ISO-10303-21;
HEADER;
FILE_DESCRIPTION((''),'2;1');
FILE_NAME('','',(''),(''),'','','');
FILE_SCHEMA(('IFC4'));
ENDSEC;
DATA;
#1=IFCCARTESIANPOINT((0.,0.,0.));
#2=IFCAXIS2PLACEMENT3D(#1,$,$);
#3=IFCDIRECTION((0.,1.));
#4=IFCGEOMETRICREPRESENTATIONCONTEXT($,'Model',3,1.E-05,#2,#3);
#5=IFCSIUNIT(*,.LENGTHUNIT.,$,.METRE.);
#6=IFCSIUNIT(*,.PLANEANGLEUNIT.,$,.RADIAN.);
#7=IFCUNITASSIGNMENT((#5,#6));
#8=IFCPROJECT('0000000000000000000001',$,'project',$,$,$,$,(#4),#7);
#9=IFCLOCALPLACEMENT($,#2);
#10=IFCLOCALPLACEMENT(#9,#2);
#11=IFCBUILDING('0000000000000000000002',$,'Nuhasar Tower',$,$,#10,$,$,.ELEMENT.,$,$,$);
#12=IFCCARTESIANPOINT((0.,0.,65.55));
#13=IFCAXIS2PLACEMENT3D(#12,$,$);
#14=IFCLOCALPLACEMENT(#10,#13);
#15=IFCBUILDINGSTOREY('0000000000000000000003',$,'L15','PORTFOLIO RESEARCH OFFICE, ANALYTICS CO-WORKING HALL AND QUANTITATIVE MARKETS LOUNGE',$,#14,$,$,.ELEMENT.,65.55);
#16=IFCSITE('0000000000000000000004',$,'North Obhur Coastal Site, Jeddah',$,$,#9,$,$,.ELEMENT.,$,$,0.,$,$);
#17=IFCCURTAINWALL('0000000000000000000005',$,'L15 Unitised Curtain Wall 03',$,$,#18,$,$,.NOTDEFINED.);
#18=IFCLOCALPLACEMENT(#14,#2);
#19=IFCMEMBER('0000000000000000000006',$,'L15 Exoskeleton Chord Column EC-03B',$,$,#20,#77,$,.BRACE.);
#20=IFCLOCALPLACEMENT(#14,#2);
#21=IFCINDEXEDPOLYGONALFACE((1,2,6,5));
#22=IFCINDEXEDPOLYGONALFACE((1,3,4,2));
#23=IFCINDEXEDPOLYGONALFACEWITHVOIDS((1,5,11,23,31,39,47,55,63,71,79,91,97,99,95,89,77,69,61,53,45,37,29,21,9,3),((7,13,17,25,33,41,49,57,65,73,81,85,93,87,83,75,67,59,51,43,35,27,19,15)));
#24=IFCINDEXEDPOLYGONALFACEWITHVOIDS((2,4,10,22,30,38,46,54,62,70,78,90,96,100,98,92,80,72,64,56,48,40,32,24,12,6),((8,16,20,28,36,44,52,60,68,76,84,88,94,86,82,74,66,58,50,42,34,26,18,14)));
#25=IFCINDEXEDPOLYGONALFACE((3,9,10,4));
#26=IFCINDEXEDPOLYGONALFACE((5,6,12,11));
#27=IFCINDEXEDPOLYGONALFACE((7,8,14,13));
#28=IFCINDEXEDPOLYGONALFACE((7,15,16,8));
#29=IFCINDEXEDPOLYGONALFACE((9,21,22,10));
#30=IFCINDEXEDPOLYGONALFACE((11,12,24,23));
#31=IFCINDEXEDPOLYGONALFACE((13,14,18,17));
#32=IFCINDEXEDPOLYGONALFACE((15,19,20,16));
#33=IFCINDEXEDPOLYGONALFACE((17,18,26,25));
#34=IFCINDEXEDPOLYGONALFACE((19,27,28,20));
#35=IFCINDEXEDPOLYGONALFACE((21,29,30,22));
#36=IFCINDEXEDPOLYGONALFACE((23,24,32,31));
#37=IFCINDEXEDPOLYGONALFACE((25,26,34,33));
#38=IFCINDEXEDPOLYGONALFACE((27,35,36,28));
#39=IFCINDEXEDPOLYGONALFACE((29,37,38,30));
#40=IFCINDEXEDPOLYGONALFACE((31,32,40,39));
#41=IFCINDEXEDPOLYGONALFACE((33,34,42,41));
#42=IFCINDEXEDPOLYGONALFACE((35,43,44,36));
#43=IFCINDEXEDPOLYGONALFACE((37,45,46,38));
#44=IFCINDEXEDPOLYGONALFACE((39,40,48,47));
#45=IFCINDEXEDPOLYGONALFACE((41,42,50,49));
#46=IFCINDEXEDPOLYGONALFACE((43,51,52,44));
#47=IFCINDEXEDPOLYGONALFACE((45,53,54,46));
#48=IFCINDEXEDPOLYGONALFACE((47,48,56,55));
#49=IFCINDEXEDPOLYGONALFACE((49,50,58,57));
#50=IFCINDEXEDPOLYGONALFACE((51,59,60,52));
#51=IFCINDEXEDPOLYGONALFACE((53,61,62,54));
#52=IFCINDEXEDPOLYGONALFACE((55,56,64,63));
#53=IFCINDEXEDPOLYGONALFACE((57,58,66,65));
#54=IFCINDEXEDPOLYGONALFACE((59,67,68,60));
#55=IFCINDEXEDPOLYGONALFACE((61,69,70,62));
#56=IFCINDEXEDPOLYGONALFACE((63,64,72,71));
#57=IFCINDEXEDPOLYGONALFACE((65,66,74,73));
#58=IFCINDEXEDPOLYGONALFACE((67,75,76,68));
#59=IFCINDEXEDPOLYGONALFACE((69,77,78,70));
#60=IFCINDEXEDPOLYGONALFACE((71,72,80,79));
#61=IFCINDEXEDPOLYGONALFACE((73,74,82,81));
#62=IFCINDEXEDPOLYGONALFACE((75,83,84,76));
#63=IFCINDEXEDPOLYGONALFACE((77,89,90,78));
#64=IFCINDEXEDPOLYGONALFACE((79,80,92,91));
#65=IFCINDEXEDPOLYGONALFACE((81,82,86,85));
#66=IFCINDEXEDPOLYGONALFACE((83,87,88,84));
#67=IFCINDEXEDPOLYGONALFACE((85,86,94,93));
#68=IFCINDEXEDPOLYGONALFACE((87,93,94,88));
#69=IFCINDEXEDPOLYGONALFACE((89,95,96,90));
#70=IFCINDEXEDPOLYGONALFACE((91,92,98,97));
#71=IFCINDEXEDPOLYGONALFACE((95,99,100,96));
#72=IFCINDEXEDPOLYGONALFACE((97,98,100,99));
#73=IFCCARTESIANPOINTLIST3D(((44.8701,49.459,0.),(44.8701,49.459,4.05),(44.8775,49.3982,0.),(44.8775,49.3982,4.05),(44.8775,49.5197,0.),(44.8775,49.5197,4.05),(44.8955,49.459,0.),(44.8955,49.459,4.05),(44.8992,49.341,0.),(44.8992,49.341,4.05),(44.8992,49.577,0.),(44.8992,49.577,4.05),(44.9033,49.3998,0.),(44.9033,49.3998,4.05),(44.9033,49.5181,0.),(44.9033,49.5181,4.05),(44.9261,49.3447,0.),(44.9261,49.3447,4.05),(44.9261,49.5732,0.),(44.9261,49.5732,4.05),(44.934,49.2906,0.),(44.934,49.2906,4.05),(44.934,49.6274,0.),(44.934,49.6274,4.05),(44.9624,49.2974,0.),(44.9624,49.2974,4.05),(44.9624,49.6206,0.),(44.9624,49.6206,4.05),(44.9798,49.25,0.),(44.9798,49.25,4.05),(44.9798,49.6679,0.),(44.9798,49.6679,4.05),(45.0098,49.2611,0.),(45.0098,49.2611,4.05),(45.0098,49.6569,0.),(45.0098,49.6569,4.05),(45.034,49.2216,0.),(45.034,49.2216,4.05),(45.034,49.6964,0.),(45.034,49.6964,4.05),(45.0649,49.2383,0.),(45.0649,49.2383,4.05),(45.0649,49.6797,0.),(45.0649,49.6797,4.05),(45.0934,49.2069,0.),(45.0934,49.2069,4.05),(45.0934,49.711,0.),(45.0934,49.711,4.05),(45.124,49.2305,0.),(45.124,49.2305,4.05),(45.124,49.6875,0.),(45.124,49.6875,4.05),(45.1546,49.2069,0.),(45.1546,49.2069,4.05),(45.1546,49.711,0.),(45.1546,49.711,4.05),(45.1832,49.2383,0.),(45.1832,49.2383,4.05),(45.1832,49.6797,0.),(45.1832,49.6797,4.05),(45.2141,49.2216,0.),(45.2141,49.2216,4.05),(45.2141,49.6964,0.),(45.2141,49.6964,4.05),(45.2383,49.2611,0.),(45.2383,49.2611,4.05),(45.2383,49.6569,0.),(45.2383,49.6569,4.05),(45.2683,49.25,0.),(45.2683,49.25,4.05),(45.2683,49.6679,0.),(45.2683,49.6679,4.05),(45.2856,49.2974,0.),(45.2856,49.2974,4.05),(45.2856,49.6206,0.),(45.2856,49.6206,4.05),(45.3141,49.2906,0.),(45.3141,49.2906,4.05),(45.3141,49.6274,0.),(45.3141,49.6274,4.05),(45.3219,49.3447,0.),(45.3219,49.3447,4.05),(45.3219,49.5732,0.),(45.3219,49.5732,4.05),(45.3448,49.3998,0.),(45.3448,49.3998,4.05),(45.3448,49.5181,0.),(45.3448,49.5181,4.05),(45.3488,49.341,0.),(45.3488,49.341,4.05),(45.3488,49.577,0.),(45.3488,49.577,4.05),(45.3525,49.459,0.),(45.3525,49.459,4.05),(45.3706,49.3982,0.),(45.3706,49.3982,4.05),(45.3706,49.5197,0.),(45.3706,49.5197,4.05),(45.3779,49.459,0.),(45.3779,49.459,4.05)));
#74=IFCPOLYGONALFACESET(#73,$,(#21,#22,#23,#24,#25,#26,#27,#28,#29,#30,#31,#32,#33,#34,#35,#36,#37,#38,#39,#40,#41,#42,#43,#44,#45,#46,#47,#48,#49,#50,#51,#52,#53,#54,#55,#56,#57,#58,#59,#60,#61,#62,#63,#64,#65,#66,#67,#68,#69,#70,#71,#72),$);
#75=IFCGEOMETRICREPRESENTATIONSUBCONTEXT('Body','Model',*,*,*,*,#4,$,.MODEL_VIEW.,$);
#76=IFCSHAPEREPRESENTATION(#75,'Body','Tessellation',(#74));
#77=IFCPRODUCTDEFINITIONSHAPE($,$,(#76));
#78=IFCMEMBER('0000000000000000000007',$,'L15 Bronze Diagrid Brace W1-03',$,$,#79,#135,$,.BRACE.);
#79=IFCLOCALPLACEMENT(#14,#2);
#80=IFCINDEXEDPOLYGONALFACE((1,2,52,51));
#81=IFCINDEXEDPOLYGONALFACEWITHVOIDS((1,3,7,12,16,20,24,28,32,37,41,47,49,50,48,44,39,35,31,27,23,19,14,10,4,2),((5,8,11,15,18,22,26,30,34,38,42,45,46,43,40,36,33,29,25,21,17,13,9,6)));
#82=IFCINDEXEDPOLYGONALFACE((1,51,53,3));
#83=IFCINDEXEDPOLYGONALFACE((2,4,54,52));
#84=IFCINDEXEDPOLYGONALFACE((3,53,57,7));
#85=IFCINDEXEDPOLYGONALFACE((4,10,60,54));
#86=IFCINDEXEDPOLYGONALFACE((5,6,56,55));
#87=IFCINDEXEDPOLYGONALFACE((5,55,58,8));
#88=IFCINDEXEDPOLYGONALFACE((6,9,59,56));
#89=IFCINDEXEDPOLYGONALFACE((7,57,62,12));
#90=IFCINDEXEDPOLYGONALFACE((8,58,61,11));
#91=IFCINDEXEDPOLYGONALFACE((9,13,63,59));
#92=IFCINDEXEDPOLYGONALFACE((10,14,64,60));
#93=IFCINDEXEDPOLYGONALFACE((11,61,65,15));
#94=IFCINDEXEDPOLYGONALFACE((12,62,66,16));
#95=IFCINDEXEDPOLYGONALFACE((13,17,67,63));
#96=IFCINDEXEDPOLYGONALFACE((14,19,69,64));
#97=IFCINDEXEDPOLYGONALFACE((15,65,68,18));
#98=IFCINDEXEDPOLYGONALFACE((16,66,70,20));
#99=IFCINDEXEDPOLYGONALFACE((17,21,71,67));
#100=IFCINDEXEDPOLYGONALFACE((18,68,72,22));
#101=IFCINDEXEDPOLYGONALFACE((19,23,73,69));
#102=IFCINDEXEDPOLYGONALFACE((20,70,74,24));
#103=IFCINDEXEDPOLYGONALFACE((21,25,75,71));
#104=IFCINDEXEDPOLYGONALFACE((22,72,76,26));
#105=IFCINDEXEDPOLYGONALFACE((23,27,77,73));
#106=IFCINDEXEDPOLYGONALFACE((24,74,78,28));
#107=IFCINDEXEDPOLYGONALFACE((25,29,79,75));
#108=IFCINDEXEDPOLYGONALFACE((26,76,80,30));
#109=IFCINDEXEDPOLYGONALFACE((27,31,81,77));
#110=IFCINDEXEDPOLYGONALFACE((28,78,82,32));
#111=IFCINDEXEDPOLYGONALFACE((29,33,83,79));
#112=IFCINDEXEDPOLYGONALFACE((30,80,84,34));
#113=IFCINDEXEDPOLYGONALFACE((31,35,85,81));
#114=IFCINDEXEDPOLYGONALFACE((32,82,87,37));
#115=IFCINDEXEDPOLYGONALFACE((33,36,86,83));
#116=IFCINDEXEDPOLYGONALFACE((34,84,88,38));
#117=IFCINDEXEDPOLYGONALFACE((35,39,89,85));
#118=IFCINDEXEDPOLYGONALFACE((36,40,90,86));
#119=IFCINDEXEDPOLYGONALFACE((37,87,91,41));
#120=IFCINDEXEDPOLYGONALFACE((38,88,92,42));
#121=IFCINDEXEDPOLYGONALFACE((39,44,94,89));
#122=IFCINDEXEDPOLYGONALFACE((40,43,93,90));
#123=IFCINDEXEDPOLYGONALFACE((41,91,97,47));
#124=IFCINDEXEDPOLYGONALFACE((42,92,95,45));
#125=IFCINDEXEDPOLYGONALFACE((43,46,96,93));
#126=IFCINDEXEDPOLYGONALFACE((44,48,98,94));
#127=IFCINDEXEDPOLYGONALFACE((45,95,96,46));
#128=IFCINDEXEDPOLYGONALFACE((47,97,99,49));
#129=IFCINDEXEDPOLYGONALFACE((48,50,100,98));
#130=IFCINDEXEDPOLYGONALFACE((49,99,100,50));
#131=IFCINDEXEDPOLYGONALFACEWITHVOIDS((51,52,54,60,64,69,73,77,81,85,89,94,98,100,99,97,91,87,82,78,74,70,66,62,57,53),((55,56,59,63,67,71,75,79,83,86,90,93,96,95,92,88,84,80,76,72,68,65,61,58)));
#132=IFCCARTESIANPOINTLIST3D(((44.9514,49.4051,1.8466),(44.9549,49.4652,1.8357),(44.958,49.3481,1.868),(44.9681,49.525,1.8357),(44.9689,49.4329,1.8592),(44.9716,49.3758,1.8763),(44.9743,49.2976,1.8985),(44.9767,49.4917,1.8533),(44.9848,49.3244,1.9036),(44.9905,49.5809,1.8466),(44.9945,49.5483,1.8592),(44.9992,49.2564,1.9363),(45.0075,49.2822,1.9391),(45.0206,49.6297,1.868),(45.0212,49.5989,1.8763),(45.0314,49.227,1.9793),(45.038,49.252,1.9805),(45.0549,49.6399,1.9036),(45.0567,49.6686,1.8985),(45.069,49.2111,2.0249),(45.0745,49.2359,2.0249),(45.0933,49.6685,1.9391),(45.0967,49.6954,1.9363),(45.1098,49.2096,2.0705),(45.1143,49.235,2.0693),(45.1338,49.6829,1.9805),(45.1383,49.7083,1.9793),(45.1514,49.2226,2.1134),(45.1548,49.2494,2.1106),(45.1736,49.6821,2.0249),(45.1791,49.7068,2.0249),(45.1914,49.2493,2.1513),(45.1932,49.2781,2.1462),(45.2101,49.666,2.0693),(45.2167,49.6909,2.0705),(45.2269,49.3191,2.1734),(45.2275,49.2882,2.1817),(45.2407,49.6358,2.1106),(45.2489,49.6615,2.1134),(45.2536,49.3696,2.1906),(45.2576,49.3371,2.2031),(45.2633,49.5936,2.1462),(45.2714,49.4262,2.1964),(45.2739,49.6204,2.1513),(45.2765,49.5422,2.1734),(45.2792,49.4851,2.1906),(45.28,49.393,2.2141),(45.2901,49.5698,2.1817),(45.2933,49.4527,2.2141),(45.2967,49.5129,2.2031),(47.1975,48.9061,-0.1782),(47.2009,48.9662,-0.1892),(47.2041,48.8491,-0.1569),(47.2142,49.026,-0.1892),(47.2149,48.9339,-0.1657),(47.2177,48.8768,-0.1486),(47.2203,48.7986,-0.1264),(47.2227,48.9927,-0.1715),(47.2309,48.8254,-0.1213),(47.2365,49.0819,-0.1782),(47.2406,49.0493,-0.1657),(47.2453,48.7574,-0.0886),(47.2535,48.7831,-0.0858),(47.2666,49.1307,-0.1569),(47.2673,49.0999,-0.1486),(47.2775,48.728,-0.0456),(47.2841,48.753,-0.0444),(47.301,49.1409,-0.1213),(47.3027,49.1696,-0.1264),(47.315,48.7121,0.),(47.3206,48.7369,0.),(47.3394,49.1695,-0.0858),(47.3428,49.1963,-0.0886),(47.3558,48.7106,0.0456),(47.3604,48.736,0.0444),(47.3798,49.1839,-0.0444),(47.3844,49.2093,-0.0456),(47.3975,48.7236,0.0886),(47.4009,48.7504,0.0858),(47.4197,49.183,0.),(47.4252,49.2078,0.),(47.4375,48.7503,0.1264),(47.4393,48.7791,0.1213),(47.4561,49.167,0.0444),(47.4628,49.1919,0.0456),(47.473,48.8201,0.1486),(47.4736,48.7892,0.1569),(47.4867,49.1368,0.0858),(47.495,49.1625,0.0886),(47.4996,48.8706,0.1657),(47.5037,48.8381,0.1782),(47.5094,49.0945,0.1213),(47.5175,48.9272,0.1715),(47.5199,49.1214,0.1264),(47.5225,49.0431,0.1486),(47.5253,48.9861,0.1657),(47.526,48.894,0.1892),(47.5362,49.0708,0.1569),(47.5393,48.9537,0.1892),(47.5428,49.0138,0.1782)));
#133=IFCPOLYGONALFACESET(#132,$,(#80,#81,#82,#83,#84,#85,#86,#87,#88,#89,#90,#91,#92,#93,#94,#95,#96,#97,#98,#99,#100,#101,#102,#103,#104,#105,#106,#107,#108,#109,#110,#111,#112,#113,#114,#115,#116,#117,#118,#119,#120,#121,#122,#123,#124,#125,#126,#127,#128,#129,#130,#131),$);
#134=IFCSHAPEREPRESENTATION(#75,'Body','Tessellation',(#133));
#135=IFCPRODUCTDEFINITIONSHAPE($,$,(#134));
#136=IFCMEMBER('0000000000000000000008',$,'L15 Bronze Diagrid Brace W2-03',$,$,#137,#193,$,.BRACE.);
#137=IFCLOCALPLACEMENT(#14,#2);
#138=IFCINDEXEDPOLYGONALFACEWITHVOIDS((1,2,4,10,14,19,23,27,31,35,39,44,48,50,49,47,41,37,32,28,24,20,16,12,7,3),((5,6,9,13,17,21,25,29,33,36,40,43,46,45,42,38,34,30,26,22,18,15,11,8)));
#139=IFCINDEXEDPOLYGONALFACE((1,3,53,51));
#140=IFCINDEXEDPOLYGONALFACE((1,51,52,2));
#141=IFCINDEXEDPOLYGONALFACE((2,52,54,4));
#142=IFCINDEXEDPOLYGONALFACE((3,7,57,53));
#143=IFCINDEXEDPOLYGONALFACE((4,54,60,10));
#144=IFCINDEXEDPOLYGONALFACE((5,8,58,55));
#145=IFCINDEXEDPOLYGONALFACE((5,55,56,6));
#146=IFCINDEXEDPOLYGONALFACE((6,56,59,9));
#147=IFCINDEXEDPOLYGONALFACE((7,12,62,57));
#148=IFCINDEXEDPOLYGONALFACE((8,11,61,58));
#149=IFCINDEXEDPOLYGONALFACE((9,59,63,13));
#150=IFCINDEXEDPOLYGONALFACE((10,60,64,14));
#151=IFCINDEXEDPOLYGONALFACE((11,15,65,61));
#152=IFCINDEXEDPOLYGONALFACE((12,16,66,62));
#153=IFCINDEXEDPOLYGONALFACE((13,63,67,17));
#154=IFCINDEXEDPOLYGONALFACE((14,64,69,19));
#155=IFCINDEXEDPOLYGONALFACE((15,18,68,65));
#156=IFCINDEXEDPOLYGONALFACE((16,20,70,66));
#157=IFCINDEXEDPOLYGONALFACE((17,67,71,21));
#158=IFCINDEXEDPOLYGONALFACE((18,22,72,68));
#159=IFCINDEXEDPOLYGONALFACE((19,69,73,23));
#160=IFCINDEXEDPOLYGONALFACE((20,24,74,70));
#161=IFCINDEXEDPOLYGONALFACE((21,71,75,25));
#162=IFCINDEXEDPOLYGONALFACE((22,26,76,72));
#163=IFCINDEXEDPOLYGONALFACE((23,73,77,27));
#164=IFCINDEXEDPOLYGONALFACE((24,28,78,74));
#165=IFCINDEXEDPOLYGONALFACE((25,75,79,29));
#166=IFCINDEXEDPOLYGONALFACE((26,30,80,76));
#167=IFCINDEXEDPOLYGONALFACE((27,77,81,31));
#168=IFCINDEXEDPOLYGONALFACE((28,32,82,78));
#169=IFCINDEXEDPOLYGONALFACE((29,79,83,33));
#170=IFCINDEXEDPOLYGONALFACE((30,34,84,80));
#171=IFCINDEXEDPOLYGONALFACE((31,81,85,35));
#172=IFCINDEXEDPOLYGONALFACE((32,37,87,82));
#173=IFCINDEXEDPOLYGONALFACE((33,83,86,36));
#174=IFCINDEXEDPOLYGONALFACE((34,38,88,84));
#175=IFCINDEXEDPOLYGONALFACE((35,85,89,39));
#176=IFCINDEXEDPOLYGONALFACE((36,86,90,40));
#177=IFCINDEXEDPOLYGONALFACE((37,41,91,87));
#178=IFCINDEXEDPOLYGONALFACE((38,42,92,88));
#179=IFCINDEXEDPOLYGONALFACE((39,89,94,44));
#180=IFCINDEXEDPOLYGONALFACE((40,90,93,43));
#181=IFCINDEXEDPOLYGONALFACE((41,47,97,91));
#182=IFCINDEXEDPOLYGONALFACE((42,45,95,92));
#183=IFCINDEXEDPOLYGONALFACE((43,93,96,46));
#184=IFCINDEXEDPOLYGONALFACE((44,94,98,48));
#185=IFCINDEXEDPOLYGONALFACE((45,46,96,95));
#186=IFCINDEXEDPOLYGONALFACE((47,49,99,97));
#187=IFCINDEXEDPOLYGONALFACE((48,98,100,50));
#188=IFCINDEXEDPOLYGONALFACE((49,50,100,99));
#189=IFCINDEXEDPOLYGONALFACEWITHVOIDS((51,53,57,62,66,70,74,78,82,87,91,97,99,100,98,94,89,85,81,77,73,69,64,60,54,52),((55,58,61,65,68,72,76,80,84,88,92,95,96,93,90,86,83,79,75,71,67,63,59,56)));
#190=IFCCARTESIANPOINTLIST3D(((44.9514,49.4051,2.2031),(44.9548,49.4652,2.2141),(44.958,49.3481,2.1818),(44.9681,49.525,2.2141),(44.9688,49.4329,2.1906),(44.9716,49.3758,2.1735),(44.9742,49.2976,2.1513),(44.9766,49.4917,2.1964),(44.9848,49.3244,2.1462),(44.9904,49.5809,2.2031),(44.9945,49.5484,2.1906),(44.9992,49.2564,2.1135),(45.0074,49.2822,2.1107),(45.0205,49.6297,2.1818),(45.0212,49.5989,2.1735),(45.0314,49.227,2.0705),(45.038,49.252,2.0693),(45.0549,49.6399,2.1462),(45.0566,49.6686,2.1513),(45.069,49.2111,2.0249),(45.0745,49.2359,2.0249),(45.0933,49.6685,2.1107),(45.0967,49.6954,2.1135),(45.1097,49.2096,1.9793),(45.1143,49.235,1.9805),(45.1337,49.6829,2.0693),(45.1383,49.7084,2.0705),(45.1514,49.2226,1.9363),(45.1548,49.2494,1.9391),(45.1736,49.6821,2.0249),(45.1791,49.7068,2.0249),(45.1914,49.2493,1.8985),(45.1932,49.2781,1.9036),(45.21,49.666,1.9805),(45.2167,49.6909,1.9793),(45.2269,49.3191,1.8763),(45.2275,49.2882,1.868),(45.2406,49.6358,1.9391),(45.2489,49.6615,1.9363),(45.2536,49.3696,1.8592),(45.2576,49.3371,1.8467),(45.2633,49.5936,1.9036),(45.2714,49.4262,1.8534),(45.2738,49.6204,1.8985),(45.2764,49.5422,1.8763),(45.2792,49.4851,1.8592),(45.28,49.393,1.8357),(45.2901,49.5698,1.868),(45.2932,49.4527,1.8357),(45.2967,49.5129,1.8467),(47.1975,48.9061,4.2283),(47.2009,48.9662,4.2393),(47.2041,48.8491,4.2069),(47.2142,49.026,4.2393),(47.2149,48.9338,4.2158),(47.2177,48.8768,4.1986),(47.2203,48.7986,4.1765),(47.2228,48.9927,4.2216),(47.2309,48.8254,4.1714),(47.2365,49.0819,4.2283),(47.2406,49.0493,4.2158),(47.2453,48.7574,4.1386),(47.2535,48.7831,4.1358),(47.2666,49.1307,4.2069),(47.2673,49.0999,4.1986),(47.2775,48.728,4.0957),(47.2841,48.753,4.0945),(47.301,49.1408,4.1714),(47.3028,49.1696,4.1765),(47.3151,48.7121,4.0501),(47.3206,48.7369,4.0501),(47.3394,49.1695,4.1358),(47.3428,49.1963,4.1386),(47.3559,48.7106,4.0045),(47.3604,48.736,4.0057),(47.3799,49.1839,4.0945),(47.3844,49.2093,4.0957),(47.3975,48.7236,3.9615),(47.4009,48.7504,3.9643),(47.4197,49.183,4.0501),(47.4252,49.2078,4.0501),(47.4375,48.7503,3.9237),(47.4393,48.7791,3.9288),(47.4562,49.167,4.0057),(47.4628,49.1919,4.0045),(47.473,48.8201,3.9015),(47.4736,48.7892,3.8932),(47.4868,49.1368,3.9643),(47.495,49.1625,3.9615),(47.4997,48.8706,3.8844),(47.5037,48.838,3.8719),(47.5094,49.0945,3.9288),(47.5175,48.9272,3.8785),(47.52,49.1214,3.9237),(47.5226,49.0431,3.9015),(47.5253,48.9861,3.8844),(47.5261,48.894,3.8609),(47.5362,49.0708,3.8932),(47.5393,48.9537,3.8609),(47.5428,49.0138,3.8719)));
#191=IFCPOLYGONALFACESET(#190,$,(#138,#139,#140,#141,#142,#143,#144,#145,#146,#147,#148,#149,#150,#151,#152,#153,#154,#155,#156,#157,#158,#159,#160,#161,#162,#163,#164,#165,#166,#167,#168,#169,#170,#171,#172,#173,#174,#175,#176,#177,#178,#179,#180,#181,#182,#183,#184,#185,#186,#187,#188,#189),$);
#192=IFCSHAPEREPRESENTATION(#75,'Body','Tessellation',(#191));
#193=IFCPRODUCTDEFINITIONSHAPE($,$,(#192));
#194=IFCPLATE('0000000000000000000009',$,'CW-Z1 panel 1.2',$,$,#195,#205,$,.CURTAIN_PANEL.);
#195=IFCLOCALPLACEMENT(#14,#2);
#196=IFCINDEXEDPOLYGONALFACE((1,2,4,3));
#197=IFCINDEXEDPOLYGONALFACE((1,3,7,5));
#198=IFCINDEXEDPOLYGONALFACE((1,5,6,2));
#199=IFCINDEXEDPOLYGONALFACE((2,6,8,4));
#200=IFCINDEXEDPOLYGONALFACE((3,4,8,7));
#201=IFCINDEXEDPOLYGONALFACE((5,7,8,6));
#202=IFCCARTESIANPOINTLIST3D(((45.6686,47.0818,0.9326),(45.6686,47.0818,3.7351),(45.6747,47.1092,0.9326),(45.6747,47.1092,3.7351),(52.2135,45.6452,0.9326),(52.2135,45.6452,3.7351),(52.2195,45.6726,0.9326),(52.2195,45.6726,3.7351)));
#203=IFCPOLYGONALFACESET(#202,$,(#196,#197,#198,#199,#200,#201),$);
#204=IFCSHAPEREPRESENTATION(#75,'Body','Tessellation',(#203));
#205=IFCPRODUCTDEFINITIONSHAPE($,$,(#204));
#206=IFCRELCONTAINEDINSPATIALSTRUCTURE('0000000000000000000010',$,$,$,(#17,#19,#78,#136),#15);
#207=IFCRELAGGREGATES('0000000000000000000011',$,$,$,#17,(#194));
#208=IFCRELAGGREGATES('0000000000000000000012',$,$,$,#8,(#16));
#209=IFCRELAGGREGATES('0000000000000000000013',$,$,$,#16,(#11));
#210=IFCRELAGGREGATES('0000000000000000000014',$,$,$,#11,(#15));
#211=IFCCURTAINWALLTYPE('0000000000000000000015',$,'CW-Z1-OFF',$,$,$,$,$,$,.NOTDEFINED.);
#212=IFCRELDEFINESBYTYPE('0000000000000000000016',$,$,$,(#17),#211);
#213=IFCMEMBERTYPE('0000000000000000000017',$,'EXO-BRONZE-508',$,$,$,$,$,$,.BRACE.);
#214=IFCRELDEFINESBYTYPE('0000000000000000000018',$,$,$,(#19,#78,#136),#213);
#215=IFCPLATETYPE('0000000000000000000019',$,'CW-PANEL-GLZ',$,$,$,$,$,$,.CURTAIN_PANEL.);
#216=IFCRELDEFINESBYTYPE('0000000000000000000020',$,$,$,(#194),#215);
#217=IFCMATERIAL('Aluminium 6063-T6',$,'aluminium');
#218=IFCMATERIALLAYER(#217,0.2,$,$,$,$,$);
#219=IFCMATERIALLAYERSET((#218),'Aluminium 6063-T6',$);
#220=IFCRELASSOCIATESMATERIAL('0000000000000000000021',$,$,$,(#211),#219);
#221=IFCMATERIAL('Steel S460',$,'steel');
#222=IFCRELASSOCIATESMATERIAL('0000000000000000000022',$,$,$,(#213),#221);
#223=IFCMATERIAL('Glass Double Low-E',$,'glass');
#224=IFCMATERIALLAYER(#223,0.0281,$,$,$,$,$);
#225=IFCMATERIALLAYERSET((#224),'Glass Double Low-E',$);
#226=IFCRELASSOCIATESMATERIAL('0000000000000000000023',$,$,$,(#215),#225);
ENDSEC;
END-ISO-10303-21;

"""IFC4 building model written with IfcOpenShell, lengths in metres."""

from ifc_helpers import new_model, si_unit, direction, frame, origin, origin_2d, place, context, subcontext, project, spatial, rectangle, hollow_circle, extrude, material, layer, layer_set, material_profile, profile_set, type_object, element, aggregate, save


model = new_model("IFC4")

# Units and contexts
model_context = context("Model", 3, precision=1e-05, world=origin(), true_north=direction((0.0, 1.0)))
body_context = subcontext(model_context, "Body", "Model", "MODEL_VIEW")
ifc_project = project(units=[si_unit("LENGTHUNIT", "METRE"), si_unit("PLANEANGLEUNIT", "RADIAN")], contexts=[model_context])

# Site, building, storey
site_placement = place(None, origin())
site = spatial("IfcSite", under=ifc_project, at=site_placement, Name="North Obhur Coastal Site, Jeddah", CompositionType="ELEMENT", RefElevation=0.0)
building_placement = place(site_placement, origin())
building = spatial("IfcBuilding", under=site, at=building_placement, Name="Nuhasar Tower", CompositionType="ELEMENT")
storey_placement = place(building_placement, frame((0.0, 0.0, 65.55)))
storey = spatial("IfcBuildingStorey", under=building, at=storey_placement, Name="L15", Description="PORTFOLIO RESEARCH OFFICE, ANALYTICS CO-WORKING HALL AND QUANTITATIVE MARKETS LOUNGE", CompositionType="ELEMENT", Elevation=65.55)

# Curtain wall
ifc_material_1 = material(Name="Aluminium 6063-T6", Category="aluminium")
ifc_layer_1 = layer(ifc_material_1, 0.2)
ifc_layer_set_1 = layer_set([ifc_layer_1], Name="Aluminium 6063-T6")
curtain_wall_type = type_object("IfcCurtainWallType", Name="CW-Z1-OFF", PredefinedType="NOTDEFINED", material=ifc_layer_set_1)
curtain_wall_placement = place(storey_placement, origin())
curtain_wall = element("IfcCurtainWall", 1, at=curtain_wall_placement, inside=storey, type_object=curtain_wall_type, Name="L15 Unitised Curtain Wall 03", PredefinedType="NOTDEFINED")

# Members
ifc_material_2 = material(Name="Steel S460", Category="steel")
ifc_material_profile_1 = material_profile(ifc_material_2, hollow_circle(Radius=0.2539, WallThickness=0.0254, at=origin_2d()), Name="HSS508X25.4")
ifc_profile_set_1 = profile_set([ifc_material_profile_1], Name="Steel S460")
member_type_1 = type_object("IfcMemberType", Name="EXO-BRONZE-508", PredefinedType="BRACE", material=ifc_profile_set_1)
for number, where, z_axis, x_axis, name in (
    (2, (45.124, 49.459, 0.0), (0.0, 0.0, 1.0), (1.0, 0.0, 0.0), "L15 Exoskeleton Chord Column EC-03B"),
):
    element("IfcMember", number, at=place(storey_placement, frame(where, z_axis=z_axis, x_axis=x_axis)), inside=storey, type_object=member_type_1, Name=name, PredefinedType="BRACE", context=body_context, shape_type="SweptSolid", body=[
        extrude(hollow_circle(Radius=0.2539, WallThickness=0.0254, at=origin_2d()), origin(), (0.0, 0.0, 1.0), 4.05),
    ])
member_1_placement = place(storey_placement, frame((47.3701, 48.96, 0.0), z_axis=(-0.732821, 0.162814, 0.660654), x_axis=(-0.216886, -0.976197, 0.0)))
element("IfcMember", 3, at=member_1_placement, inside=storey, type_object=member_type_1, Name="L15 Bronze Diagrid Brace W1-03", PredefinedType="BRACE", context=body_context, shape_type="SweptSolid", body=[
    extrude(hollow_circle(Radius=0.2539, WallThickness=0.0254, at=origin_2d()), origin(), (0.0, 0.0, 1.0), 3.0649),
])
member_2_placement = place(storey_placement, frame((45.124, 49.459, 2.0249), z_axis=(0.732783, -0.162805, 0.660699), x_axis=(0.216886, 0.976197, 0.0)))
element("IfcMember", 4, at=member_2_placement, inside=storey, type_object=member_type_1, Name="L15 Bronze Diagrid Brace W2-03", PredefinedType="BRACE", context=body_context, shape_type="SweptSolid", body=[
    extrude(hollow_circle(Radius=0.2539, WallThickness=0.0254, at=origin_2d()), origin(), (0.0, 0.0, 1.0), 3.0652),
])

# Plate
ifc_material_3 = material(Name="Glass Double Low-E", Category="glass")
ifc_layer_2 = layer(ifc_material_3, 0.0281)
ifc_layer_set_2 = layer_set([ifc_layer_2], Name="Glass Double Low-E")
plate_type_1 = type_object("IfcPlateType", Name="CW-PANEL-GLZ", PredefinedType="CURTAIN_PANEL", material=ifc_layer_set_2)
plate_1_placement = place(storey_placement, frame((48.9441, 46.3772, 0.9326), z_axis=(0.0, 0.0, 1.0), x_axis=(-0.976746, 0.214399, 0.0)))
plate_1 = element("IfcPlate", 5, at=plate_1_placement, type_object=plate_type_1, Name="CW-Z1 panel 1.2", PredefinedType="CURTAIN_PANEL", context=body_context, shape_type="SweptSolid", body=[
    extrude(rectangle(XDim=6.7007, YDim=0.0281, at=origin_2d()), origin(), (0.0, 0.0, 1.0), 2.8025),
])
aggregate(curtain_wall, [plate_1])

save(model, "model.ifc")
